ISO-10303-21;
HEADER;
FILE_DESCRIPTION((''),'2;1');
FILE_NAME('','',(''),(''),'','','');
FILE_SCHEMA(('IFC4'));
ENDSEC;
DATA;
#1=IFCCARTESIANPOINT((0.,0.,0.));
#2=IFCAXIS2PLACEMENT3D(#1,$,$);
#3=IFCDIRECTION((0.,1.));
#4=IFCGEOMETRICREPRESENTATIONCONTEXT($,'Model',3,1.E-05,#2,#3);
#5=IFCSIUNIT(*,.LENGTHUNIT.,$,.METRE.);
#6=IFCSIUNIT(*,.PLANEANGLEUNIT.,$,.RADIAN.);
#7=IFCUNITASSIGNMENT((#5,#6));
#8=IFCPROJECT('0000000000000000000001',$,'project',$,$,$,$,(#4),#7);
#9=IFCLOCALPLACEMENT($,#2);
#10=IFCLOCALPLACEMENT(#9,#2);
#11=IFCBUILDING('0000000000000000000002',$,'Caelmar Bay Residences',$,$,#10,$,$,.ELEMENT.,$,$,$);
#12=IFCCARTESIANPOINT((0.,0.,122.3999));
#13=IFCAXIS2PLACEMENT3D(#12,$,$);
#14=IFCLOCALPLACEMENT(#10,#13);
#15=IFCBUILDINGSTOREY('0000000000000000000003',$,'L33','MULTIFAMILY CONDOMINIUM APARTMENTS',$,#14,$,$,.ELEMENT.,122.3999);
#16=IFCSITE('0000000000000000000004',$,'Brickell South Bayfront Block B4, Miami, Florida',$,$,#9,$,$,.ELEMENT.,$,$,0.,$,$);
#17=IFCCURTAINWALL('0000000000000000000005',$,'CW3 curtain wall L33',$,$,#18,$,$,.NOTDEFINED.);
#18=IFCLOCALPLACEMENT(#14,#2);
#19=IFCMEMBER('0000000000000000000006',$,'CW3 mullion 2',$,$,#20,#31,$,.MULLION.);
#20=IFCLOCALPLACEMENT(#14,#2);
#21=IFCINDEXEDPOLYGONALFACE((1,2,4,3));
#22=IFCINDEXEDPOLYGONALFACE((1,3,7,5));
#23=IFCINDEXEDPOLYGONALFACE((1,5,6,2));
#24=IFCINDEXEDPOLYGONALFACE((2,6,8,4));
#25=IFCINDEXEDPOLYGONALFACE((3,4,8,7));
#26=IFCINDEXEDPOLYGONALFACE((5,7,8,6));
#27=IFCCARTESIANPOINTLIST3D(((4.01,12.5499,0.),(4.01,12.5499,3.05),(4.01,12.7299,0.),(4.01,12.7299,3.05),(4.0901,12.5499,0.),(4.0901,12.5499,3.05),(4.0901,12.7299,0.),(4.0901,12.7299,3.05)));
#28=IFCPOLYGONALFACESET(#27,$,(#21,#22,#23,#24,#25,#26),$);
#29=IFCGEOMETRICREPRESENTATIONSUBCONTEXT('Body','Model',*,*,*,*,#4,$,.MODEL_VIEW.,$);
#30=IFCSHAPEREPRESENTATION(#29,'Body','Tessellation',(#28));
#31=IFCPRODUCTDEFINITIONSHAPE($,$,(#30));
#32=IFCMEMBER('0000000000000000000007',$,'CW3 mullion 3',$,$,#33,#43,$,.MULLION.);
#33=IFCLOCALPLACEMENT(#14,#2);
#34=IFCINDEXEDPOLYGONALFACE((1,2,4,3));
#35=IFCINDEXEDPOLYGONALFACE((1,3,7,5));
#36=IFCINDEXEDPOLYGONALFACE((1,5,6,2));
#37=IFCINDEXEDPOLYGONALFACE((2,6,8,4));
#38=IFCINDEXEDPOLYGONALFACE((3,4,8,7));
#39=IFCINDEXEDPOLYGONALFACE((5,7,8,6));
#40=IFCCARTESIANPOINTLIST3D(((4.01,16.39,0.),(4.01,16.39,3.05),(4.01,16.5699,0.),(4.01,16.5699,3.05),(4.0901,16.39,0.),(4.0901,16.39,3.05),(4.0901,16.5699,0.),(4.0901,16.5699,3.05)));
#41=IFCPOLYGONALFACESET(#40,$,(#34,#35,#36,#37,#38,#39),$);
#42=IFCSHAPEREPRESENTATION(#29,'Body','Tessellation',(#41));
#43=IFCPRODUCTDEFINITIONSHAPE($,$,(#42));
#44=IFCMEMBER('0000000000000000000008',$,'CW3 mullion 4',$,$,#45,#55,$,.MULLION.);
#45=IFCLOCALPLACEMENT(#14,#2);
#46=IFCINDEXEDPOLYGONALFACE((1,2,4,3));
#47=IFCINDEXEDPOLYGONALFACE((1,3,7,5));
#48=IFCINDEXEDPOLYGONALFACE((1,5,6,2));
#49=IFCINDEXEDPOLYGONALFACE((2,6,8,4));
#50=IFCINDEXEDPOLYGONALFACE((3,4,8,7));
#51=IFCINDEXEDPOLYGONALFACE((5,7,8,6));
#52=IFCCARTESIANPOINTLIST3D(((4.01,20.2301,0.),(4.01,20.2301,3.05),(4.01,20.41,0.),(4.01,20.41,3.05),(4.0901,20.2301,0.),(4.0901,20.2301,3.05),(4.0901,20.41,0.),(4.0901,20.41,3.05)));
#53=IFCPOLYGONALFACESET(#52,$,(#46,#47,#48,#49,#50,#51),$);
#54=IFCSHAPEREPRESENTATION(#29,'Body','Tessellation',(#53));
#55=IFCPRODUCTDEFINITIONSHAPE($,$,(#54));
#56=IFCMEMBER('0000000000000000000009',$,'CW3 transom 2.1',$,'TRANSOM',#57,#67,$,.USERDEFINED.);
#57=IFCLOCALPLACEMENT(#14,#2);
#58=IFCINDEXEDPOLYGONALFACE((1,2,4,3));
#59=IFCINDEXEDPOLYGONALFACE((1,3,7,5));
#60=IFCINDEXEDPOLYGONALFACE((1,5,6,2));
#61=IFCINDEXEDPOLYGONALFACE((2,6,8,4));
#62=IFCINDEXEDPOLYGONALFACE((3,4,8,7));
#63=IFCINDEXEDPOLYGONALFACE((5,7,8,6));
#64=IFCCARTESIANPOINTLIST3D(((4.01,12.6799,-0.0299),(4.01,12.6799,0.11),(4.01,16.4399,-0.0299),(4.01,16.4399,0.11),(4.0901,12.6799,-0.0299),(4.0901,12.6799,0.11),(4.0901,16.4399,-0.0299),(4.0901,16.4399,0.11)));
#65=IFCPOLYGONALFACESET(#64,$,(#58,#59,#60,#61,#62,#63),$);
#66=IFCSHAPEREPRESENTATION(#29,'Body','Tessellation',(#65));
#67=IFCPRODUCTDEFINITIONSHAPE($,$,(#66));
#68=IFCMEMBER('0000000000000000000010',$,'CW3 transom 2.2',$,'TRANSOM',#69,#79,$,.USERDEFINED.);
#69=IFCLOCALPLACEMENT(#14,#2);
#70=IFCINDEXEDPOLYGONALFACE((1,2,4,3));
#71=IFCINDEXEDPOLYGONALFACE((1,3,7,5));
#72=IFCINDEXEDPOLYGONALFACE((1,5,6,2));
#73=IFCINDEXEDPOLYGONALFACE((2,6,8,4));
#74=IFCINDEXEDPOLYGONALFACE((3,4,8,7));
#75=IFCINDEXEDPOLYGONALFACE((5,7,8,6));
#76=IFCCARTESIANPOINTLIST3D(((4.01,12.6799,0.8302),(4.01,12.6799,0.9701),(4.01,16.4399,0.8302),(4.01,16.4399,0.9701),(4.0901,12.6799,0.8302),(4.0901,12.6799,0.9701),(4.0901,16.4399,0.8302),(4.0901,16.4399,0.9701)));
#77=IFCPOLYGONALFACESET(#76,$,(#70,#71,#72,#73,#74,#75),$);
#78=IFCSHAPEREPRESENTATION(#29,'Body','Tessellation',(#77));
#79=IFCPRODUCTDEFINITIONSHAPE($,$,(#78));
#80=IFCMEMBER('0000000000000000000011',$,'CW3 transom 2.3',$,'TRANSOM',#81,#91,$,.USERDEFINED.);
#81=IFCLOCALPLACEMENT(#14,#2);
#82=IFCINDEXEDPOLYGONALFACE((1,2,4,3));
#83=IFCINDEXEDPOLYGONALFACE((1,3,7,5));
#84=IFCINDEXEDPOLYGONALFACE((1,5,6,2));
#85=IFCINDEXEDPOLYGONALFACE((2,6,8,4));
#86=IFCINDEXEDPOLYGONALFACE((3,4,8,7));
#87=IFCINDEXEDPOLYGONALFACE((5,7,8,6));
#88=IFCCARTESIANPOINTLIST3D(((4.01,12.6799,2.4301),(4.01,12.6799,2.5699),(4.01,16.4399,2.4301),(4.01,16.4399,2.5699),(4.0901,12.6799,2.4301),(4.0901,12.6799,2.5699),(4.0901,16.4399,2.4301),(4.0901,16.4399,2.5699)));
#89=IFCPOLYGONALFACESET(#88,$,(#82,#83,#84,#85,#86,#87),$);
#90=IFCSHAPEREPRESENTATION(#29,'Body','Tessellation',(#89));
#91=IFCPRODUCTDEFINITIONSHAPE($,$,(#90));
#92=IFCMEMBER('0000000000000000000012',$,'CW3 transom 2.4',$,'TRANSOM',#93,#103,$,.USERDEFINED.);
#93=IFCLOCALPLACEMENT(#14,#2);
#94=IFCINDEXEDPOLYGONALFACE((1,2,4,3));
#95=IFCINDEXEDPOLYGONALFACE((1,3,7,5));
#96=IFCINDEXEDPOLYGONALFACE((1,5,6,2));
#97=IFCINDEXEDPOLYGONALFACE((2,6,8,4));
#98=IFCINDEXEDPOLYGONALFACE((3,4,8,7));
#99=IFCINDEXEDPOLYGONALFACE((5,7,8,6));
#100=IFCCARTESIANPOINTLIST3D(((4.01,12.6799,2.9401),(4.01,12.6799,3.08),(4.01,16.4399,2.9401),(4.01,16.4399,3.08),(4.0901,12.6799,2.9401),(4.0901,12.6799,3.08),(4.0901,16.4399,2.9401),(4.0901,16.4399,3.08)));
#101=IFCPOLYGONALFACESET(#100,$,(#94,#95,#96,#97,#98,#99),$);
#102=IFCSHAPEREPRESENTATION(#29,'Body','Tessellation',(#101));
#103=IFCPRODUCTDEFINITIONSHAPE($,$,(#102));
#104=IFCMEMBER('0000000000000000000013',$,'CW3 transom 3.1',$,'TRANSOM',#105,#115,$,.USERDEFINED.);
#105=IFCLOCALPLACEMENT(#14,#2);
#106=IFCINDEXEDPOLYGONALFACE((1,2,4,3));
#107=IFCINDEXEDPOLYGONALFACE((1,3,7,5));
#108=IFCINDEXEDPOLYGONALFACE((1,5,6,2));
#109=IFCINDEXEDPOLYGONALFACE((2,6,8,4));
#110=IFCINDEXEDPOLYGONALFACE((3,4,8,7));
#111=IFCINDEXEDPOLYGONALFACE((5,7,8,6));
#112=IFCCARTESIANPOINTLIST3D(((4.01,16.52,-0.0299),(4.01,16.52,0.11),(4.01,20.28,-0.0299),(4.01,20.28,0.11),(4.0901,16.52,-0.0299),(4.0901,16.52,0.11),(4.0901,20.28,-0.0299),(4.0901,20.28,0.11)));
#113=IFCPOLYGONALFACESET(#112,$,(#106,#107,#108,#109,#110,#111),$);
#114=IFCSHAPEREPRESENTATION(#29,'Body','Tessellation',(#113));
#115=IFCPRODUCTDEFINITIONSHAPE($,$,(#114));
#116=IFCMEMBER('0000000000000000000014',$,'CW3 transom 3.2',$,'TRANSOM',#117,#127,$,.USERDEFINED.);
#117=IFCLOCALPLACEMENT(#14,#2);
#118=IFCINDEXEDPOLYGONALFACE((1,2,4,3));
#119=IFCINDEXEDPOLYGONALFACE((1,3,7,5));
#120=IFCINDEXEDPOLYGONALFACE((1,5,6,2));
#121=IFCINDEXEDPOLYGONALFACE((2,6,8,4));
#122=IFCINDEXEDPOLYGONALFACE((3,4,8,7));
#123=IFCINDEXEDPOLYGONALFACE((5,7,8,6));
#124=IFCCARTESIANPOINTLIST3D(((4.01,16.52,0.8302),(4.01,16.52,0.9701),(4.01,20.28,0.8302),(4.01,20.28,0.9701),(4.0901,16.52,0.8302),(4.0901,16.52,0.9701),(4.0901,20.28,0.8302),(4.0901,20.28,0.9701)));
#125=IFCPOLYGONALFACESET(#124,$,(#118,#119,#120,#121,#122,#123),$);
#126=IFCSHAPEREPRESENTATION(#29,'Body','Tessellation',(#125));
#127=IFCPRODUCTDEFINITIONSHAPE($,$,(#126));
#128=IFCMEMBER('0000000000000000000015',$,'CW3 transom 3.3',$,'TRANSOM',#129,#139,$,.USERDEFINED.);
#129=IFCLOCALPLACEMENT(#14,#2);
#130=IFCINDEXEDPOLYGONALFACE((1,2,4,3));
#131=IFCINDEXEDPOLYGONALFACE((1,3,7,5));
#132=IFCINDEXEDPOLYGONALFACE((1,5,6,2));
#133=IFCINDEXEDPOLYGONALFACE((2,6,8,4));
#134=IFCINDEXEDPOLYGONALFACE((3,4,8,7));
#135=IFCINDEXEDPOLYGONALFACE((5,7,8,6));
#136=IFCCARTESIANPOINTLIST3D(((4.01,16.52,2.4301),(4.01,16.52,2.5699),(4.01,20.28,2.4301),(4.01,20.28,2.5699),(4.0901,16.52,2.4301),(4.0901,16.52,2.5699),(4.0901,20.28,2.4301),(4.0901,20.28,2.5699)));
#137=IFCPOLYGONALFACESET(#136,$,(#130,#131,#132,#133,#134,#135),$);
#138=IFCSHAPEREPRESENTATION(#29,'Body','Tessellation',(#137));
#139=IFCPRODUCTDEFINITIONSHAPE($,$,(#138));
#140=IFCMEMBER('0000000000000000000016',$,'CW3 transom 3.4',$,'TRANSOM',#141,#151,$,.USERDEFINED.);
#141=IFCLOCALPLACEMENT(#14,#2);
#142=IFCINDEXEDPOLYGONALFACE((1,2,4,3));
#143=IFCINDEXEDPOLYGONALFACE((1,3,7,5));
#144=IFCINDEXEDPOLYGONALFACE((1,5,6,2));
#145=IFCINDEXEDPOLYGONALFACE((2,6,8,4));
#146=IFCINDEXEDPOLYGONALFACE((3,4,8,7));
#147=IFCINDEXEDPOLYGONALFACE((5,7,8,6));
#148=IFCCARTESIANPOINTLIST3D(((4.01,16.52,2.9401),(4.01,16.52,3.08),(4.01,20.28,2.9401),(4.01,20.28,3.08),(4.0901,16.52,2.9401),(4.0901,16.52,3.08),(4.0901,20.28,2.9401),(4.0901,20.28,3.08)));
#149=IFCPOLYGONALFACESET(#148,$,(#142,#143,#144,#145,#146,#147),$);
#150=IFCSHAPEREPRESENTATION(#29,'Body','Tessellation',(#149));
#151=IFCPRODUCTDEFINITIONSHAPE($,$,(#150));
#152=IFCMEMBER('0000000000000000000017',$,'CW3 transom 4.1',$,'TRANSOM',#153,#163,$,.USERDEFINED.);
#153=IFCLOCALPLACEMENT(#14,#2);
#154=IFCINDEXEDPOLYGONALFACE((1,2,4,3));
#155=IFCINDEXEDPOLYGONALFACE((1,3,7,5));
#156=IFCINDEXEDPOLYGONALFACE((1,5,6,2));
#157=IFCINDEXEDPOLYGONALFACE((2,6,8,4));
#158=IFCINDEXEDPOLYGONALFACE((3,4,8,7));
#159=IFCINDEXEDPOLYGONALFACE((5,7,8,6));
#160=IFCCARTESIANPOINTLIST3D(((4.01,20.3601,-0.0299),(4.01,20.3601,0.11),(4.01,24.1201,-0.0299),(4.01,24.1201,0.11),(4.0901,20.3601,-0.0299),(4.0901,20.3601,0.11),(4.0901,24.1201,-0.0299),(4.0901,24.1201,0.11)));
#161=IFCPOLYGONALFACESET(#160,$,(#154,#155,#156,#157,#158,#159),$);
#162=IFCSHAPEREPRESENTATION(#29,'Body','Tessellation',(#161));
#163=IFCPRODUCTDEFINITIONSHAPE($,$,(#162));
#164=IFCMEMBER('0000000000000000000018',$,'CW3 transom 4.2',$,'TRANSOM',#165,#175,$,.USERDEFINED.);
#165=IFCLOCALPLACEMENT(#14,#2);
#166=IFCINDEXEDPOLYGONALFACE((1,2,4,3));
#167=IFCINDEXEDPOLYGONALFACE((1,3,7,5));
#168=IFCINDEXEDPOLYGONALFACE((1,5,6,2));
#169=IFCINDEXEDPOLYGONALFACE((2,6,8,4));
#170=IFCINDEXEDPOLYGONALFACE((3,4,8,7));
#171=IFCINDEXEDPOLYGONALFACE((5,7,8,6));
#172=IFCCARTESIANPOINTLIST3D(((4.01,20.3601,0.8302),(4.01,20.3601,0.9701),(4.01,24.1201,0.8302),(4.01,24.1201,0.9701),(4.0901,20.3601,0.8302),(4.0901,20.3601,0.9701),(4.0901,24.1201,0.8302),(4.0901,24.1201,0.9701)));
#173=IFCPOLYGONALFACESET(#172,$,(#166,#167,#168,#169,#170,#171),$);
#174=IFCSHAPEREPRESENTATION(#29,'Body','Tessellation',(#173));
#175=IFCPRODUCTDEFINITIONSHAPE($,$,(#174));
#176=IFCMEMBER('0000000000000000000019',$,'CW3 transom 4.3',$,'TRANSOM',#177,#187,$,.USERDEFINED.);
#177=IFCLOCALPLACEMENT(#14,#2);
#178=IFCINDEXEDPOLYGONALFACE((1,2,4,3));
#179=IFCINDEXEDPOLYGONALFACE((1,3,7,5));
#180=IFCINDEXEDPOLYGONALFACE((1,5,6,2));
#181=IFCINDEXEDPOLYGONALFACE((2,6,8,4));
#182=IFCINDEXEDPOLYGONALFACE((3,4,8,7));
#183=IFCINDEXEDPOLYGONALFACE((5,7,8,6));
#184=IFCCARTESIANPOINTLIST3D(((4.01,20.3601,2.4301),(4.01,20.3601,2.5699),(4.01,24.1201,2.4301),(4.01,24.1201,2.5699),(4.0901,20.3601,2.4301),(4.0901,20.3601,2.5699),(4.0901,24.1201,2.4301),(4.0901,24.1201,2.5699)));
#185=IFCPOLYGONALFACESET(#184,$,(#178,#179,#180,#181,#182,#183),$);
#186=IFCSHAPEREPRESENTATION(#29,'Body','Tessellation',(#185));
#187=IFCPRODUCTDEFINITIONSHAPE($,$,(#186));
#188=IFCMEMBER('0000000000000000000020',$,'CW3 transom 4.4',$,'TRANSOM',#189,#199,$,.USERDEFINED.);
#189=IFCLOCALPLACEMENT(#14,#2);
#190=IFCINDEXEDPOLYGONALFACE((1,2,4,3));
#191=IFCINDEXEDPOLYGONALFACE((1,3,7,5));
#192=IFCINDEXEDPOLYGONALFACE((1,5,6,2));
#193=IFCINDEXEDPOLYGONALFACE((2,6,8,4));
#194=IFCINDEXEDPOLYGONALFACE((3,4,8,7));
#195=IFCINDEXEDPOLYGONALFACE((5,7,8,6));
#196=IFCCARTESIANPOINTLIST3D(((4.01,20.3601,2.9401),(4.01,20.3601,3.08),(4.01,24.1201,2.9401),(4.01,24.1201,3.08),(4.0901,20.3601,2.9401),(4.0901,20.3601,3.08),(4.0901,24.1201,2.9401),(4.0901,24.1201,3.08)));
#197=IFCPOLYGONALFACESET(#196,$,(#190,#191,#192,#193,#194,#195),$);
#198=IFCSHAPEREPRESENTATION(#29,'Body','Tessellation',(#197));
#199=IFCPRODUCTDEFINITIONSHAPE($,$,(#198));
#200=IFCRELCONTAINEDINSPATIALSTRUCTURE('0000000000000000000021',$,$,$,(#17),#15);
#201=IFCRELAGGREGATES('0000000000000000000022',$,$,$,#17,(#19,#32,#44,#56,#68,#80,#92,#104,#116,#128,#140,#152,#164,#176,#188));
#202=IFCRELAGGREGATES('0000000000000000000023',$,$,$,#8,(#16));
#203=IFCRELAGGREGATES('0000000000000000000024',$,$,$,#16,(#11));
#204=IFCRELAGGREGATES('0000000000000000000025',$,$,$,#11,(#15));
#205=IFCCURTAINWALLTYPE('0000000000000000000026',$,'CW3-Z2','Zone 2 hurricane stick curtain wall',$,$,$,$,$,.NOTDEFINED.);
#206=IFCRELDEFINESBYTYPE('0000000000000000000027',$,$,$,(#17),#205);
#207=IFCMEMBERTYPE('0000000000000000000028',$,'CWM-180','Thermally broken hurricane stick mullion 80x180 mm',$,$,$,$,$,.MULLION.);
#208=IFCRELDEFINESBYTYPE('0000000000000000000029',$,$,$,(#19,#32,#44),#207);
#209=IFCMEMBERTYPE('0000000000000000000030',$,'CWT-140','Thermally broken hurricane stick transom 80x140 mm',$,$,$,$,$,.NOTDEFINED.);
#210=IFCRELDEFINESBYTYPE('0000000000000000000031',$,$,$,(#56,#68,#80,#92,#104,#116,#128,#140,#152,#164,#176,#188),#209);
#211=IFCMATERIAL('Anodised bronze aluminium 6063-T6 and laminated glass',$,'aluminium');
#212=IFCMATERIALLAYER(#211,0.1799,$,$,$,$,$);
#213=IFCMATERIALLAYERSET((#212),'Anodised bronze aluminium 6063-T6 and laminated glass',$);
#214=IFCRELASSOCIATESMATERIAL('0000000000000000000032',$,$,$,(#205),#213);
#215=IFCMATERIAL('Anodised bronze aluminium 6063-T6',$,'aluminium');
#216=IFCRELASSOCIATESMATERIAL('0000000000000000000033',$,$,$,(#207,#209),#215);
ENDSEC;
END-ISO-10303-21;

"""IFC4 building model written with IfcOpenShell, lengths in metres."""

from ifc_helpers import new_model, si_unit, direction, frame, origin, origin_2d, place, context, subcontext, project, spatial, rectangle, extrude, material, layer, layer_set, material_profile, profile_set, type_object, element, aggregate, save


model = new_model("IFC4")

# Units and contexts
model_context = context("Model", 3, precision=1e-05, world=origin(), true_north=direction((0.0, 1.0)))
body_context = subcontext(model_context, "Body", "Model", "MODEL_VIEW")
ifc_project = project(units=[si_unit("LENGTHUNIT", "METRE"), si_unit("PLANEANGLEUNIT", "RADIAN")], contexts=[model_context])

# Site, building, storey
site_placement = place(None, origin())
site = spatial("IfcSite", under=ifc_project, at=site_placement, Name="Brickell South Bayfront Block B4, Miami, Florida", CompositionType="ELEMENT", RefElevation=0.0)
building_placement = place(site_placement, origin())
building = spatial("IfcBuilding", under=site, at=building_placement, Name="Caelmar Bay Residences", CompositionType="ELEMENT")
storey_placement = place(building_placement, frame((0.0, 0.0, 122.3999)))
storey = spatial("IfcBuildingStorey", under=building, at=storey_placement, Name="L33", Description="MULTIFAMILY CONDOMINIUM APARTMENTS", CompositionType="ELEMENT", Elevation=122.3999)

# Curtain wall, members
ifc_material_1 = material(Name="Anodised bronze aluminium 6063-T6 and laminated glass", Category="aluminium")
ifc_layer_1 = layer(ifc_material_1, 0.1799)
ifc_layer_set_1 = layer_set([ifc_layer_1], Name="Anodised bronze aluminium 6063-T6 and laminated glass")
curtain_wall_type = type_object("IfcCurtainWallType", Name="CW3-Z2", Description="Zone 2 hurricane stick curtain wall", PredefinedType="NOTDEFINED", material=ifc_layer_set_1)
curtain_wall_placement = place(storey_placement, origin())
curtain_wall = element("IfcCurtainWall", 1, at=curtain_wall_placement, inside=storey, type_object=curtain_wall_type, Name="CW3 curtain wall L33", PredefinedType="NOTDEFINED")
ifc_material_2 = material(Name="Anodised bronze aluminium 6063-T6", Category="aluminium")
ifc_material_profile_1 = material_profile(ifc_material_2, rectangle(XDim=0.0801, YDim=0.1799, at=origin_2d()), Name="CWM-80X180")
ifc_profile_set_1 = profile_set([ifc_material_profile_1], Name="Anodised bronze aluminium 6063-T6")
member_type_1 = type_object("IfcMemberType", Name="CWM-180", Description="Thermally broken hurricane stick mullion 80x180 mm", PredefinedType="MULLION", material=ifc_profile_set_1)
member_1_placement = place(storey_placement, frame((4.05, 12.6399, 0.0), z_axis=(0.0, 0.0, 1.0), x_axis=(-1.0, 0.0, 0.0)))
member_1 = element("IfcMember", 2, at=member_1_placement, type_object=member_type_1, Name="CW3 mullion 2", PredefinedType="MULLION", context=body_context, shape_type="SweptSolid", body=[
    extrude(rectangle(XDim=0.0801, YDim=0.1799, at=origin_2d()), origin(), (0.0, 0.0, 1.0), 3.05),
])
member_2_placement = place(storey_placement, frame((4.05, 16.48, 0.0), z_axis=(0.0, 0.0, 1.0), x_axis=(-1.0, 0.0, 0.0)))
member_2 = element("IfcMember", 3, at=member_2_placement, type_object=member_type_1, Name="CW3 mullion 3", PredefinedType="MULLION", context=body_context, shape_type="SweptSolid", body=[
    extrude(rectangle(XDim=0.0801, YDim=0.1799, at=origin_2d()), origin(), (0.0, 0.0, 1.0), 3.05),
])
member_3_placement = place(storey_placement, frame((4.05, 20.3201, 0.0), z_axis=(0.0, 0.0, 1.0), x_axis=(-1.0, 0.0, 0.0)))
member_3 = element("IfcMember", 4, at=member_3_placement, type_object=member_type_1, Name="CW3 mullion 4", PredefinedType="MULLION", context=body_context, shape_type="SweptSolid", body=[
    extrude(rectangle(XDim=0.0801, YDim=0.1799, at=origin_2d()), origin(), (0.0, 0.0, 1.0), 3.05),
])
ifc_material_profile_2 = material_profile(ifc_material_2, rectangle(XDim=0.0801, YDim=0.1399, at=origin_2d()), Name="CWT-80X140")
ifc_profile_set_2 = profile_set([ifc_material_profile_2], Name="Anodised bronze aluminium 6063-T6")
member_type_2 = type_object("IfcMemberType", Name="CWT-140", Description="Thermally broken hurricane stick transom 80x140 mm", PredefinedType="NOTDEFINED", material=ifc_profile_set_2)
member_4_placement = place(storey_placement, frame((4.05, 12.6799, 0.04), z_axis=(0.0, 1.0, 0.0), x_axis=(-1.0, 0.0, 0.0)))
member_4 = element("IfcMember", 5, at=member_4_placement, type_object=member_type_2, Name="CW3 transom 2.1", ObjectType="TRANSOM", PredefinedType="USERDEFINED", context=body_context, shape_type="SweptSolid", body=[
    extrude(rectangle(XDim=0.0801, YDim=0.1399, at=origin_2d()), origin(), (0.0, 0.0, 1.0), 3.76),
])
member_5_placement = place(storey_placement, frame((4.05, 12.6799, 0.9001), z_axis=(0.0, 1.0, 0.0), x_axis=(-1.0, 0.0, 0.0)))
member_5 = element("IfcMember", 6, at=member_5_placement, type_object=member_type_2, Name="CW3 transom 2.2", ObjectType="TRANSOM", PredefinedType="USERDEFINED", context=body_context, shape_type="SweptSolid", body=[
    extrude(rectangle(XDim=0.0801, YDim=0.1399, at=origin_2d()), origin(), (0.0, 0.0, 1.0), 3.76),
])
member_6_placement = place(storey_placement, frame((4.05, 12.6799, 2.5), z_axis=(0.0, 1.0, 0.0), x_axis=(-1.0, 0.0, 0.0)))
member_6 = element("IfcMember", 7, at=member_6_placement, type_object=member_type_2, Name="CW3 transom 2.3", ObjectType="TRANSOM", PredefinedType="USERDEFINED", context=body_context, shape_type="SweptSolid", body=[
    extrude(rectangle(XDim=0.0801, YDim=0.1399, at=origin_2d()), origin(), (0.0, 0.0, 1.0), 3.76),
])
member_7_placement = place(storey_placement, frame((4.05, 12.6799, 3.01), z_axis=(0.0, 1.0, 0.0), x_axis=(-1.0, 0.0, 0.0)))
member_7 = element("IfcMember", 8, at=member_7_placement, type_object=member_type_2, Name="CW3 transom 2.4", ObjectType="TRANSOM", PredefinedType="USERDEFINED", context=body_context, shape_type="SweptSolid", body=[
    extrude(rectangle(XDim=0.0801, YDim=0.1399, at=origin_2d()), origin(), (0.0, 0.0, 1.0), 3.76),
])
member_8_placement = place(storey_placement, frame((4.05, 16.52, 0.04), z_axis=(0.0, 1.0, 0.0), x_axis=(-1.0, 0.0, 0.0)))
member_8 = element("IfcMember", 9, at=member_8_placement, type_object=member_type_2, Name="CW3 transom 3.1", ObjectType="TRANSOM", PredefinedType="USERDEFINED", context=body_context, shape_type="SweptSolid", body=[
    extrude(rectangle(XDim=0.0801, YDim=0.1399, at=origin_2d()), origin(), (0.0, 0.0, 1.0), 3.76),
])
member_9_placement = place(storey_placement, frame((4.05, 16.52, 0.9001), z_axis=(0.0, 1.0, 0.0), x_axis=(-1.0, 0.0, 0.0)))
member_9 = element("IfcMember", 10, at=member_9_placement, type_object=member_type_2, Name="CW3 transom 3.2", ObjectType="TRANSOM", PredefinedType="USERDEFINED", context=body_context, shape_type="SweptSolid", body=[
    extrude(rectangle(XDim=0.0801, YDim=0.1399, at=origin_2d()), origin(), (0.0, 0.0, 1.0), 3.76),
])
member_10_placement = place(storey_placement, frame((4.05, 16.52, 2.5), z_axis=(0.0, 1.0, 0.0), x_axis=(-1.0, 0.0, 0.0)))
member_10 = element("IfcMember", 11, at=member_10_placement, type_object=member_type_2, Name="CW3 transom 3.3", ObjectType="TRANSOM", PredefinedType="USERDEFINED", context=body_context, shape_type="SweptSolid", body=[
    extrude(rectangle(XDim=0.0801, YDim=0.1399, at=origin_2d()), origin(), (0.0, 0.0, 1.0), 3.76),
])
member_11_placement = place(storey_placement, frame((4.05, 16.52, 3.01), z_axis=(0.0, 1.0, 0.0), x_axis=(-1.0, 0.0, 0.0)))
member_11 = element("IfcMember", 12, at=member_11_placement, type_object=member_type_2, Name="CW3 transom 3.4", ObjectType="TRANSOM", PredefinedType="USERDEFINED", context=body_context, shape_type="SweptSolid", body=[
    extrude(rectangle(XDim=0.0801, YDim=0.1399, at=origin_2d()), origin(), (0.0, 0.0, 1.0), 3.76),
])
member_12_placement = place(storey_placement, frame((4.05, 20.3601, 0.04), z_axis=(0.0, 1.0, 0.0), x_axis=(-1.0, 0.0, 0.0)))
member_12 = element("IfcMember", 13, at=member_12_placement, type_object=member_type_2, Name="CW3 transom 4.1", ObjectType="TRANSOM", PredefinedType="USERDEFINED", context=body_context, shape_type="SweptSolid", body=[
    extrude(rectangle(XDim=0.0801, YDim=0.1399, at=origin_2d()), origin(), (0.0, 0.0, 1.0), 3.76),
])
member_13_placement = place(storey_placement, frame((4.05, 20.3601, 0.9001), z_axis=(0.0, 1.0, 0.0), x_axis=(-1.0, 0.0, 0.0)))
member_13 = element("IfcMember", 14, at=member_13_placement, type_object=member_type_2, Name="CW3 transom 4.2", ObjectType="TRANSOM", PredefinedType="USERDEFINED", context=body_context, shape_type="SweptSolid", body=[
    extrude(rectangle(XDim=0.0801, YDim=0.1399, at=origin_2d()), origin(), (0.0, 0.0, 1.0), 3.76),
])
member_14_placement = place(storey_placement, frame((4.05, 20.3601, 2.5), z_axis=(0.0, 1.0, 0.0), x_axis=(-1.0, 0.0, 0.0)))
member_14 = element("IfcMember", 15, at=member_14_placement, type_object=member_type_2, Name="CW3 transom 4.3", ObjectType="TRANSOM", PredefinedType="USERDEFINED", context=body_context, shape_type="SweptSolid", body=[
    extrude(rectangle(XDim=0.0801, YDim=0.1399, at=origin_2d()), origin(), (0.0, 0.0, 1.0), 3.76),
])
member_15_placement = place(storey_placement, frame((4.05, 20.3601, 3.01), z_axis=(0.0, 1.0, 0.0), x_axis=(-1.0, 0.0, 0.0)))
member_15 = element("IfcMember", 16, at=member_15_placement, type_object=member_type_2, Name="CW3 transom 4.4", ObjectType="TRANSOM", PredefinedType="USERDEFINED", context=body_context, shape_type="SweptSolid", body=[
    extrude(rectangle(XDim=0.0801, YDim=0.1399, at=origin_2d()), origin(), (0.0, 0.0, 1.0), 3.76),
])
aggregate(curtain_wall, [member_1, member_2, member_3, member_4, member_5, member_6, member_7, member_8, member_9, member_10, member_11, member_12, member_13, member_14, member_15])

save(model, "model.ifc")
